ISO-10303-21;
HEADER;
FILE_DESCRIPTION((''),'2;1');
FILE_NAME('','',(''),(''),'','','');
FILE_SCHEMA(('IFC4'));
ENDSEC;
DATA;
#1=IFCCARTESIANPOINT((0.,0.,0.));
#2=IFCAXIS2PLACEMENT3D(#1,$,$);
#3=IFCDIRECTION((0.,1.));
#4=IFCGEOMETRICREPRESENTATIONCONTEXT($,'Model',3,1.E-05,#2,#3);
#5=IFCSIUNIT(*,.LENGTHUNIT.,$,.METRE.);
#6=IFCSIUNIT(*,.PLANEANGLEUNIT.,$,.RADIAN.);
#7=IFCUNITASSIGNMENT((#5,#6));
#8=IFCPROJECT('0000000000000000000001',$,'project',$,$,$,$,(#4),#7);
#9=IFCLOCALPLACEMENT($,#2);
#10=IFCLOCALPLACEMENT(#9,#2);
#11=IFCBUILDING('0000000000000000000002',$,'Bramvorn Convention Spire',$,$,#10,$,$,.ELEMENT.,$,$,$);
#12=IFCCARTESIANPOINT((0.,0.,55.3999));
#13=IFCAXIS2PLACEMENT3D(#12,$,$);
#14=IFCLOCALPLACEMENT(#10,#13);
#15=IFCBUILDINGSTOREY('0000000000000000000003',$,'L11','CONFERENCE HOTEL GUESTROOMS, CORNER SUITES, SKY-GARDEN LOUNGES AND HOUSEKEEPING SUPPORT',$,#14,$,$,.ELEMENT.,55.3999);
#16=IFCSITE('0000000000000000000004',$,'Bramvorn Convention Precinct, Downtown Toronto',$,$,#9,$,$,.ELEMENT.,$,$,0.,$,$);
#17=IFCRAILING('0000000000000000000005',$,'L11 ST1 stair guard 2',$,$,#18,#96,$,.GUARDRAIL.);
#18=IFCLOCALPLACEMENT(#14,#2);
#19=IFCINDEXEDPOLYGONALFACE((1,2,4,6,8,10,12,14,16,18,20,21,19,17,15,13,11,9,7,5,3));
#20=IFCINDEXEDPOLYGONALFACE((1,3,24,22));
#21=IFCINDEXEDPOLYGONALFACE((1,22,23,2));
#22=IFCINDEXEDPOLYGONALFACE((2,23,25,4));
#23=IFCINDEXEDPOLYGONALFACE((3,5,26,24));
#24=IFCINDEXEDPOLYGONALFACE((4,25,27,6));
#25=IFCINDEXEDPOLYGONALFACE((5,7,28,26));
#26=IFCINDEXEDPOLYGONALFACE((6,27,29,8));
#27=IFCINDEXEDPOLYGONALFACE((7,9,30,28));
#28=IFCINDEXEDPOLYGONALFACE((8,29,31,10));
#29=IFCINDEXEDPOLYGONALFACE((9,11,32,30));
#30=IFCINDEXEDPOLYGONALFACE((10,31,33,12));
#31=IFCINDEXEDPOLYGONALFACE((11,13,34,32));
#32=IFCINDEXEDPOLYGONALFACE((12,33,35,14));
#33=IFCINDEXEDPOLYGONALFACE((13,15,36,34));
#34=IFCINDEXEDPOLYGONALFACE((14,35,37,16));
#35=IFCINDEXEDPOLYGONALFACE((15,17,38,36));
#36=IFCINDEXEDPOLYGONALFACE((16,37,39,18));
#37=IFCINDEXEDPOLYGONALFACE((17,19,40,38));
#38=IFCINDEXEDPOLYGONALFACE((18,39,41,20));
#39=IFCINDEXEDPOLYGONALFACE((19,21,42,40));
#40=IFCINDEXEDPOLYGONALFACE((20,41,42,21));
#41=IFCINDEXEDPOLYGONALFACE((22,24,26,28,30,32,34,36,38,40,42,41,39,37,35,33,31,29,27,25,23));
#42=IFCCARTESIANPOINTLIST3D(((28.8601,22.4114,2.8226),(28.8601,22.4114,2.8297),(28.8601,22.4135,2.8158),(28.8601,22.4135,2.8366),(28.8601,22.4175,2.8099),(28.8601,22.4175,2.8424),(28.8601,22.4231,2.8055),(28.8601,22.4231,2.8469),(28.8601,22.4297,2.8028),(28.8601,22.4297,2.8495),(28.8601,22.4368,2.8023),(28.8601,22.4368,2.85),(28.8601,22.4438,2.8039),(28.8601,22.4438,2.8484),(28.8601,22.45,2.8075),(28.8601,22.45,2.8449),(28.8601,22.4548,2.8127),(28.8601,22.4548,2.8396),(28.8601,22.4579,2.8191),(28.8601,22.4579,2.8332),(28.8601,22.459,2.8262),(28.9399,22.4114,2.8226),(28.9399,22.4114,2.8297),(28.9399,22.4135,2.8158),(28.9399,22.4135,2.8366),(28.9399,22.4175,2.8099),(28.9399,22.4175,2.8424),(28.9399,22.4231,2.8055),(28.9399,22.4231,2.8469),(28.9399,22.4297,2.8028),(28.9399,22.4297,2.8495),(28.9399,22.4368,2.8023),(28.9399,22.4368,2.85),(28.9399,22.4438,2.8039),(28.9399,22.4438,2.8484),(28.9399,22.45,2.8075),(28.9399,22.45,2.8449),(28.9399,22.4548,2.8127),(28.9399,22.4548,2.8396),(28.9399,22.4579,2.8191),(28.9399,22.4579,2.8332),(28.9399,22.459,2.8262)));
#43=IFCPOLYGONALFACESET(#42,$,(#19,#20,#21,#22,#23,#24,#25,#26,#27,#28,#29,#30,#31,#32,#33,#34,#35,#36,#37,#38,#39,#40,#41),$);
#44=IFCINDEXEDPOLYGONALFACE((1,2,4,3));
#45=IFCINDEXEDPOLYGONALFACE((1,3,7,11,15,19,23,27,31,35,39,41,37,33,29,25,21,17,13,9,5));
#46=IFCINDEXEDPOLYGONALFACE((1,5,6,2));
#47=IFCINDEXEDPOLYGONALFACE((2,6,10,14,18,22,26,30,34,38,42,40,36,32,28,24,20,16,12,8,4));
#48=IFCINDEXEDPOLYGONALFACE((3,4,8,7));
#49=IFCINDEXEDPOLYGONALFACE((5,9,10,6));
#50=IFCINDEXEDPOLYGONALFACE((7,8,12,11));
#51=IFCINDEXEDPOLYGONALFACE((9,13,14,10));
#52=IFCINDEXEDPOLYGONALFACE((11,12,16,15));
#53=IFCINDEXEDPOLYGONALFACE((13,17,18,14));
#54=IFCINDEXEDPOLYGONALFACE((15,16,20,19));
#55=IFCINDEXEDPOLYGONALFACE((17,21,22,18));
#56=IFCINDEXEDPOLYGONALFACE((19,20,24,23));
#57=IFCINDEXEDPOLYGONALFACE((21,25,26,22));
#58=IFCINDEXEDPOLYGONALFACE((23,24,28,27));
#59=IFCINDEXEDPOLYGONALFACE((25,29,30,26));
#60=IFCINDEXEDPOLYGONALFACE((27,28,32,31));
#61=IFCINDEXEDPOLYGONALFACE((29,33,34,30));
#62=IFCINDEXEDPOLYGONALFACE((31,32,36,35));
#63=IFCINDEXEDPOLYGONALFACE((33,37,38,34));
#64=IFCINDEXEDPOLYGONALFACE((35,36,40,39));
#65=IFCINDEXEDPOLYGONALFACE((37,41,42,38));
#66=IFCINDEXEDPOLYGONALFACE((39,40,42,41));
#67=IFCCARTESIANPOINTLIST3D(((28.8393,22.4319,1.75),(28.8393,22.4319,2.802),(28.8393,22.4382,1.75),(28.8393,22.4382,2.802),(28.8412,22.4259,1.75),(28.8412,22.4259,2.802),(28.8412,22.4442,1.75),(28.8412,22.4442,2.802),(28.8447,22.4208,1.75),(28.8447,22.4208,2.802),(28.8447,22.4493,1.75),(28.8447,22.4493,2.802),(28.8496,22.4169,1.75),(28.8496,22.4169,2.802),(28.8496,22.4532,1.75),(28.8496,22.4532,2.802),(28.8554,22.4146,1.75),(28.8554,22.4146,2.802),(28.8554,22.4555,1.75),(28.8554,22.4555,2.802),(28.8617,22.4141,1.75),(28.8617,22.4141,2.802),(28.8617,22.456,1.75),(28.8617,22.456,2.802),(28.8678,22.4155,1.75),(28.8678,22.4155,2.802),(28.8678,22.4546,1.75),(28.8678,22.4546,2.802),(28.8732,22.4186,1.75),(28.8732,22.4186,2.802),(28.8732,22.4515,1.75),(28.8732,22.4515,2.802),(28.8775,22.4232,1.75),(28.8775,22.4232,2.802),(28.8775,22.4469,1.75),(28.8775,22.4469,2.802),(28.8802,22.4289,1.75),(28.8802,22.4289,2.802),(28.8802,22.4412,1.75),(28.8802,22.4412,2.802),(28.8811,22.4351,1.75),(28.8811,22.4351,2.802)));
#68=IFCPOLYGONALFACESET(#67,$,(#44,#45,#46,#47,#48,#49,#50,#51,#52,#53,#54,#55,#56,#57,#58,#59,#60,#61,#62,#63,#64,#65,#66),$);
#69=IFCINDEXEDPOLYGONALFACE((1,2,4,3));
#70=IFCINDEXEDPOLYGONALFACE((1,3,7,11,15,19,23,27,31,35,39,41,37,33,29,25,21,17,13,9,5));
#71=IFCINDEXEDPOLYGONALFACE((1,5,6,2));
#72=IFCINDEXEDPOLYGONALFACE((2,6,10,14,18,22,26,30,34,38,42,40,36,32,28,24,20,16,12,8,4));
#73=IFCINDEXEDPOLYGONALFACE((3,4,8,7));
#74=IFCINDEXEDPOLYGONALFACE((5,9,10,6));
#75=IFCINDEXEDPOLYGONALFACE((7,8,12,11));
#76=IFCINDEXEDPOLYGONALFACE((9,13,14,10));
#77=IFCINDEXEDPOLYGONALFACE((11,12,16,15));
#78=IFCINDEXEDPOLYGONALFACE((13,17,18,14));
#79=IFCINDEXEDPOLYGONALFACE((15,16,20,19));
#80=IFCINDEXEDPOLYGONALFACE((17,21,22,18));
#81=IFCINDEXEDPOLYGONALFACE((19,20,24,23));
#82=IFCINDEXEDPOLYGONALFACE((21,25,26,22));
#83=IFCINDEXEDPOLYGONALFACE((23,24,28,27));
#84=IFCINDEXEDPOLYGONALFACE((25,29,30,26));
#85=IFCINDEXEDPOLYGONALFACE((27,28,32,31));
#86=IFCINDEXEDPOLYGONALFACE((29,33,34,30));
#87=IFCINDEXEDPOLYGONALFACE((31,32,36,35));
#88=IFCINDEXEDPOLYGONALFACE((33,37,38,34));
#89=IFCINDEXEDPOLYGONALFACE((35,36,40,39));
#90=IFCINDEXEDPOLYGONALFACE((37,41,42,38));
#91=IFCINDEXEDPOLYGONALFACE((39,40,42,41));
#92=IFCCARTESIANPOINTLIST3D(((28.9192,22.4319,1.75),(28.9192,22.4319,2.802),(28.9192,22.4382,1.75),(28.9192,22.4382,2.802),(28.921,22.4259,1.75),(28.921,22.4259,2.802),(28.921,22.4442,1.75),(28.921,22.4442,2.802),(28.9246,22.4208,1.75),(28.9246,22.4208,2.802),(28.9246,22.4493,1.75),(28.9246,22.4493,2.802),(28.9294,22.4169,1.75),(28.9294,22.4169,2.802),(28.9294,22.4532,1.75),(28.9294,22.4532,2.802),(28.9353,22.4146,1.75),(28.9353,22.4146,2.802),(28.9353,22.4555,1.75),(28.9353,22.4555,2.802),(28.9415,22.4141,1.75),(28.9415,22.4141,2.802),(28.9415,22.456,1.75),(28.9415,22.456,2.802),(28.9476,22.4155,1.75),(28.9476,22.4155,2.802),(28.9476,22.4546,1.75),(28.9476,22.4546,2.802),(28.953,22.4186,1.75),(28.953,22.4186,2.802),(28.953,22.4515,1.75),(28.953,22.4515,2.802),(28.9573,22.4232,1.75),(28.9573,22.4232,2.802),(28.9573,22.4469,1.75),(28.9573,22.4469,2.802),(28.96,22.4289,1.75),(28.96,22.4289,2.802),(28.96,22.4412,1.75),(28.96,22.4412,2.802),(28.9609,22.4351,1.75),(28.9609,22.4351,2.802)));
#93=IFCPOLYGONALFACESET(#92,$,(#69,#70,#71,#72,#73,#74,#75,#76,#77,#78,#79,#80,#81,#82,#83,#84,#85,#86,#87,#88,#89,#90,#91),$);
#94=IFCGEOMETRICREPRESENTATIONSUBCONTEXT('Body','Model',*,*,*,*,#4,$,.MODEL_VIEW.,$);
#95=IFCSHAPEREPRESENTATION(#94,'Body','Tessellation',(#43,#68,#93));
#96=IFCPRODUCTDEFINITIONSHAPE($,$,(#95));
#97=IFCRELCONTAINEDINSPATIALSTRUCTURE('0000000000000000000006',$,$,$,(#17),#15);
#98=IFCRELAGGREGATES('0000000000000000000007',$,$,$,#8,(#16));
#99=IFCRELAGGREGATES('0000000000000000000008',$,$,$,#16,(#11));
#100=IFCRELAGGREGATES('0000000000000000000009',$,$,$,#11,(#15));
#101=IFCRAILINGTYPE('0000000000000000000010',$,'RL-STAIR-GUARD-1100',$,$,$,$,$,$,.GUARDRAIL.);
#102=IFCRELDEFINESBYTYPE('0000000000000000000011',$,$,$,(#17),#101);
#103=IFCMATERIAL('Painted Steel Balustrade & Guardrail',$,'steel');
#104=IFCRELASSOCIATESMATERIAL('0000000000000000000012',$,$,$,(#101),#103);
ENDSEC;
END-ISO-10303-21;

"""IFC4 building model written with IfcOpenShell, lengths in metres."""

from ifc_helpers import new_model, si_unit, direction, frame, origin, origin_2d, place, context, subcontext, project, spatial, circle, extrude, material, type_object, element, save


model = new_model("IFC4")

# Units and contexts
model_context = context("Model", 3, precision=1e-05, world=origin(), true_north=direction((0.0, 1.0)))
body_context = subcontext(model_context, "Body", "Model", "MODEL_VIEW")
ifc_project = project(units=[si_unit("LENGTHUNIT", "METRE"), si_unit("PLANEANGLEUNIT", "RADIAN")], contexts=[model_context])

# Site, building, storey
site_placement = place(None, origin())
site = spatial("IfcSite", under=ifc_project, at=site_placement, Name="Bramvorn Convention Precinct, Downtown Toronto", CompositionType="ELEMENT", RefElevation=0.0)
building_placement = place(site_placement, origin())
building = spatial("IfcBuilding", under=site, at=building_placement, Name="Bramvorn Convention Spire", CompositionType="ELEMENT")
storey_placement = place(building_placement, frame((0.0, 0.0, 55.3999)))
storey = spatial("IfcBuildingStorey", under=building, at=storey_placement, Name="L11", Description="CONFERENCE HOTEL GUESTROOMS, CORNER SUITES, SKY-GARDEN LOUNGES AND HOUSEKEEPING SUPPORT", CompositionType="ELEMENT", Elevation=55.3999)

# Railing
ifc_material_1 = material(Name="Painted Steel Balustrade & Guardrail", Category="steel")
railing_type_1 = type_object("IfcRailingType", Name="RL-STAIR-GUARD-1100", PredefinedType="GUARDRAIL", material=ifc_material_1)
railing_1_placement = place(storey_placement, frame((28.8601, 22.4351, 1.75)))
element("IfcRailing", 1, at=railing_1_placement, inside=storey, type_object=railing_type_1, Name="L11 ST1 stair guard 2", PredefinedType="GUARDRAIL", context=body_context, shape_type="SweptSolid", body=[
    extrude(circle(Radius=0.0239, at=origin_2d()), frame((0.0, 0.0, 1.0762), z_axis=(1.0, 0.0, 0.0), x_axis=(0.0, 1.0, 0.0)), (0.0, 0.0, 1.0), 0.0798),
    extrude(circle(Radius=0.021, at=origin_2d()), origin(), (0.0, 0.0, 1.0), 1.052),
    extrude(circle(Radius=0.021, at=origin_2d()), frame((0.0798, 0.0, 0.0)), (0.0, 0.0, 1.0), 1.052),
])

save(model, "model.ifc")
